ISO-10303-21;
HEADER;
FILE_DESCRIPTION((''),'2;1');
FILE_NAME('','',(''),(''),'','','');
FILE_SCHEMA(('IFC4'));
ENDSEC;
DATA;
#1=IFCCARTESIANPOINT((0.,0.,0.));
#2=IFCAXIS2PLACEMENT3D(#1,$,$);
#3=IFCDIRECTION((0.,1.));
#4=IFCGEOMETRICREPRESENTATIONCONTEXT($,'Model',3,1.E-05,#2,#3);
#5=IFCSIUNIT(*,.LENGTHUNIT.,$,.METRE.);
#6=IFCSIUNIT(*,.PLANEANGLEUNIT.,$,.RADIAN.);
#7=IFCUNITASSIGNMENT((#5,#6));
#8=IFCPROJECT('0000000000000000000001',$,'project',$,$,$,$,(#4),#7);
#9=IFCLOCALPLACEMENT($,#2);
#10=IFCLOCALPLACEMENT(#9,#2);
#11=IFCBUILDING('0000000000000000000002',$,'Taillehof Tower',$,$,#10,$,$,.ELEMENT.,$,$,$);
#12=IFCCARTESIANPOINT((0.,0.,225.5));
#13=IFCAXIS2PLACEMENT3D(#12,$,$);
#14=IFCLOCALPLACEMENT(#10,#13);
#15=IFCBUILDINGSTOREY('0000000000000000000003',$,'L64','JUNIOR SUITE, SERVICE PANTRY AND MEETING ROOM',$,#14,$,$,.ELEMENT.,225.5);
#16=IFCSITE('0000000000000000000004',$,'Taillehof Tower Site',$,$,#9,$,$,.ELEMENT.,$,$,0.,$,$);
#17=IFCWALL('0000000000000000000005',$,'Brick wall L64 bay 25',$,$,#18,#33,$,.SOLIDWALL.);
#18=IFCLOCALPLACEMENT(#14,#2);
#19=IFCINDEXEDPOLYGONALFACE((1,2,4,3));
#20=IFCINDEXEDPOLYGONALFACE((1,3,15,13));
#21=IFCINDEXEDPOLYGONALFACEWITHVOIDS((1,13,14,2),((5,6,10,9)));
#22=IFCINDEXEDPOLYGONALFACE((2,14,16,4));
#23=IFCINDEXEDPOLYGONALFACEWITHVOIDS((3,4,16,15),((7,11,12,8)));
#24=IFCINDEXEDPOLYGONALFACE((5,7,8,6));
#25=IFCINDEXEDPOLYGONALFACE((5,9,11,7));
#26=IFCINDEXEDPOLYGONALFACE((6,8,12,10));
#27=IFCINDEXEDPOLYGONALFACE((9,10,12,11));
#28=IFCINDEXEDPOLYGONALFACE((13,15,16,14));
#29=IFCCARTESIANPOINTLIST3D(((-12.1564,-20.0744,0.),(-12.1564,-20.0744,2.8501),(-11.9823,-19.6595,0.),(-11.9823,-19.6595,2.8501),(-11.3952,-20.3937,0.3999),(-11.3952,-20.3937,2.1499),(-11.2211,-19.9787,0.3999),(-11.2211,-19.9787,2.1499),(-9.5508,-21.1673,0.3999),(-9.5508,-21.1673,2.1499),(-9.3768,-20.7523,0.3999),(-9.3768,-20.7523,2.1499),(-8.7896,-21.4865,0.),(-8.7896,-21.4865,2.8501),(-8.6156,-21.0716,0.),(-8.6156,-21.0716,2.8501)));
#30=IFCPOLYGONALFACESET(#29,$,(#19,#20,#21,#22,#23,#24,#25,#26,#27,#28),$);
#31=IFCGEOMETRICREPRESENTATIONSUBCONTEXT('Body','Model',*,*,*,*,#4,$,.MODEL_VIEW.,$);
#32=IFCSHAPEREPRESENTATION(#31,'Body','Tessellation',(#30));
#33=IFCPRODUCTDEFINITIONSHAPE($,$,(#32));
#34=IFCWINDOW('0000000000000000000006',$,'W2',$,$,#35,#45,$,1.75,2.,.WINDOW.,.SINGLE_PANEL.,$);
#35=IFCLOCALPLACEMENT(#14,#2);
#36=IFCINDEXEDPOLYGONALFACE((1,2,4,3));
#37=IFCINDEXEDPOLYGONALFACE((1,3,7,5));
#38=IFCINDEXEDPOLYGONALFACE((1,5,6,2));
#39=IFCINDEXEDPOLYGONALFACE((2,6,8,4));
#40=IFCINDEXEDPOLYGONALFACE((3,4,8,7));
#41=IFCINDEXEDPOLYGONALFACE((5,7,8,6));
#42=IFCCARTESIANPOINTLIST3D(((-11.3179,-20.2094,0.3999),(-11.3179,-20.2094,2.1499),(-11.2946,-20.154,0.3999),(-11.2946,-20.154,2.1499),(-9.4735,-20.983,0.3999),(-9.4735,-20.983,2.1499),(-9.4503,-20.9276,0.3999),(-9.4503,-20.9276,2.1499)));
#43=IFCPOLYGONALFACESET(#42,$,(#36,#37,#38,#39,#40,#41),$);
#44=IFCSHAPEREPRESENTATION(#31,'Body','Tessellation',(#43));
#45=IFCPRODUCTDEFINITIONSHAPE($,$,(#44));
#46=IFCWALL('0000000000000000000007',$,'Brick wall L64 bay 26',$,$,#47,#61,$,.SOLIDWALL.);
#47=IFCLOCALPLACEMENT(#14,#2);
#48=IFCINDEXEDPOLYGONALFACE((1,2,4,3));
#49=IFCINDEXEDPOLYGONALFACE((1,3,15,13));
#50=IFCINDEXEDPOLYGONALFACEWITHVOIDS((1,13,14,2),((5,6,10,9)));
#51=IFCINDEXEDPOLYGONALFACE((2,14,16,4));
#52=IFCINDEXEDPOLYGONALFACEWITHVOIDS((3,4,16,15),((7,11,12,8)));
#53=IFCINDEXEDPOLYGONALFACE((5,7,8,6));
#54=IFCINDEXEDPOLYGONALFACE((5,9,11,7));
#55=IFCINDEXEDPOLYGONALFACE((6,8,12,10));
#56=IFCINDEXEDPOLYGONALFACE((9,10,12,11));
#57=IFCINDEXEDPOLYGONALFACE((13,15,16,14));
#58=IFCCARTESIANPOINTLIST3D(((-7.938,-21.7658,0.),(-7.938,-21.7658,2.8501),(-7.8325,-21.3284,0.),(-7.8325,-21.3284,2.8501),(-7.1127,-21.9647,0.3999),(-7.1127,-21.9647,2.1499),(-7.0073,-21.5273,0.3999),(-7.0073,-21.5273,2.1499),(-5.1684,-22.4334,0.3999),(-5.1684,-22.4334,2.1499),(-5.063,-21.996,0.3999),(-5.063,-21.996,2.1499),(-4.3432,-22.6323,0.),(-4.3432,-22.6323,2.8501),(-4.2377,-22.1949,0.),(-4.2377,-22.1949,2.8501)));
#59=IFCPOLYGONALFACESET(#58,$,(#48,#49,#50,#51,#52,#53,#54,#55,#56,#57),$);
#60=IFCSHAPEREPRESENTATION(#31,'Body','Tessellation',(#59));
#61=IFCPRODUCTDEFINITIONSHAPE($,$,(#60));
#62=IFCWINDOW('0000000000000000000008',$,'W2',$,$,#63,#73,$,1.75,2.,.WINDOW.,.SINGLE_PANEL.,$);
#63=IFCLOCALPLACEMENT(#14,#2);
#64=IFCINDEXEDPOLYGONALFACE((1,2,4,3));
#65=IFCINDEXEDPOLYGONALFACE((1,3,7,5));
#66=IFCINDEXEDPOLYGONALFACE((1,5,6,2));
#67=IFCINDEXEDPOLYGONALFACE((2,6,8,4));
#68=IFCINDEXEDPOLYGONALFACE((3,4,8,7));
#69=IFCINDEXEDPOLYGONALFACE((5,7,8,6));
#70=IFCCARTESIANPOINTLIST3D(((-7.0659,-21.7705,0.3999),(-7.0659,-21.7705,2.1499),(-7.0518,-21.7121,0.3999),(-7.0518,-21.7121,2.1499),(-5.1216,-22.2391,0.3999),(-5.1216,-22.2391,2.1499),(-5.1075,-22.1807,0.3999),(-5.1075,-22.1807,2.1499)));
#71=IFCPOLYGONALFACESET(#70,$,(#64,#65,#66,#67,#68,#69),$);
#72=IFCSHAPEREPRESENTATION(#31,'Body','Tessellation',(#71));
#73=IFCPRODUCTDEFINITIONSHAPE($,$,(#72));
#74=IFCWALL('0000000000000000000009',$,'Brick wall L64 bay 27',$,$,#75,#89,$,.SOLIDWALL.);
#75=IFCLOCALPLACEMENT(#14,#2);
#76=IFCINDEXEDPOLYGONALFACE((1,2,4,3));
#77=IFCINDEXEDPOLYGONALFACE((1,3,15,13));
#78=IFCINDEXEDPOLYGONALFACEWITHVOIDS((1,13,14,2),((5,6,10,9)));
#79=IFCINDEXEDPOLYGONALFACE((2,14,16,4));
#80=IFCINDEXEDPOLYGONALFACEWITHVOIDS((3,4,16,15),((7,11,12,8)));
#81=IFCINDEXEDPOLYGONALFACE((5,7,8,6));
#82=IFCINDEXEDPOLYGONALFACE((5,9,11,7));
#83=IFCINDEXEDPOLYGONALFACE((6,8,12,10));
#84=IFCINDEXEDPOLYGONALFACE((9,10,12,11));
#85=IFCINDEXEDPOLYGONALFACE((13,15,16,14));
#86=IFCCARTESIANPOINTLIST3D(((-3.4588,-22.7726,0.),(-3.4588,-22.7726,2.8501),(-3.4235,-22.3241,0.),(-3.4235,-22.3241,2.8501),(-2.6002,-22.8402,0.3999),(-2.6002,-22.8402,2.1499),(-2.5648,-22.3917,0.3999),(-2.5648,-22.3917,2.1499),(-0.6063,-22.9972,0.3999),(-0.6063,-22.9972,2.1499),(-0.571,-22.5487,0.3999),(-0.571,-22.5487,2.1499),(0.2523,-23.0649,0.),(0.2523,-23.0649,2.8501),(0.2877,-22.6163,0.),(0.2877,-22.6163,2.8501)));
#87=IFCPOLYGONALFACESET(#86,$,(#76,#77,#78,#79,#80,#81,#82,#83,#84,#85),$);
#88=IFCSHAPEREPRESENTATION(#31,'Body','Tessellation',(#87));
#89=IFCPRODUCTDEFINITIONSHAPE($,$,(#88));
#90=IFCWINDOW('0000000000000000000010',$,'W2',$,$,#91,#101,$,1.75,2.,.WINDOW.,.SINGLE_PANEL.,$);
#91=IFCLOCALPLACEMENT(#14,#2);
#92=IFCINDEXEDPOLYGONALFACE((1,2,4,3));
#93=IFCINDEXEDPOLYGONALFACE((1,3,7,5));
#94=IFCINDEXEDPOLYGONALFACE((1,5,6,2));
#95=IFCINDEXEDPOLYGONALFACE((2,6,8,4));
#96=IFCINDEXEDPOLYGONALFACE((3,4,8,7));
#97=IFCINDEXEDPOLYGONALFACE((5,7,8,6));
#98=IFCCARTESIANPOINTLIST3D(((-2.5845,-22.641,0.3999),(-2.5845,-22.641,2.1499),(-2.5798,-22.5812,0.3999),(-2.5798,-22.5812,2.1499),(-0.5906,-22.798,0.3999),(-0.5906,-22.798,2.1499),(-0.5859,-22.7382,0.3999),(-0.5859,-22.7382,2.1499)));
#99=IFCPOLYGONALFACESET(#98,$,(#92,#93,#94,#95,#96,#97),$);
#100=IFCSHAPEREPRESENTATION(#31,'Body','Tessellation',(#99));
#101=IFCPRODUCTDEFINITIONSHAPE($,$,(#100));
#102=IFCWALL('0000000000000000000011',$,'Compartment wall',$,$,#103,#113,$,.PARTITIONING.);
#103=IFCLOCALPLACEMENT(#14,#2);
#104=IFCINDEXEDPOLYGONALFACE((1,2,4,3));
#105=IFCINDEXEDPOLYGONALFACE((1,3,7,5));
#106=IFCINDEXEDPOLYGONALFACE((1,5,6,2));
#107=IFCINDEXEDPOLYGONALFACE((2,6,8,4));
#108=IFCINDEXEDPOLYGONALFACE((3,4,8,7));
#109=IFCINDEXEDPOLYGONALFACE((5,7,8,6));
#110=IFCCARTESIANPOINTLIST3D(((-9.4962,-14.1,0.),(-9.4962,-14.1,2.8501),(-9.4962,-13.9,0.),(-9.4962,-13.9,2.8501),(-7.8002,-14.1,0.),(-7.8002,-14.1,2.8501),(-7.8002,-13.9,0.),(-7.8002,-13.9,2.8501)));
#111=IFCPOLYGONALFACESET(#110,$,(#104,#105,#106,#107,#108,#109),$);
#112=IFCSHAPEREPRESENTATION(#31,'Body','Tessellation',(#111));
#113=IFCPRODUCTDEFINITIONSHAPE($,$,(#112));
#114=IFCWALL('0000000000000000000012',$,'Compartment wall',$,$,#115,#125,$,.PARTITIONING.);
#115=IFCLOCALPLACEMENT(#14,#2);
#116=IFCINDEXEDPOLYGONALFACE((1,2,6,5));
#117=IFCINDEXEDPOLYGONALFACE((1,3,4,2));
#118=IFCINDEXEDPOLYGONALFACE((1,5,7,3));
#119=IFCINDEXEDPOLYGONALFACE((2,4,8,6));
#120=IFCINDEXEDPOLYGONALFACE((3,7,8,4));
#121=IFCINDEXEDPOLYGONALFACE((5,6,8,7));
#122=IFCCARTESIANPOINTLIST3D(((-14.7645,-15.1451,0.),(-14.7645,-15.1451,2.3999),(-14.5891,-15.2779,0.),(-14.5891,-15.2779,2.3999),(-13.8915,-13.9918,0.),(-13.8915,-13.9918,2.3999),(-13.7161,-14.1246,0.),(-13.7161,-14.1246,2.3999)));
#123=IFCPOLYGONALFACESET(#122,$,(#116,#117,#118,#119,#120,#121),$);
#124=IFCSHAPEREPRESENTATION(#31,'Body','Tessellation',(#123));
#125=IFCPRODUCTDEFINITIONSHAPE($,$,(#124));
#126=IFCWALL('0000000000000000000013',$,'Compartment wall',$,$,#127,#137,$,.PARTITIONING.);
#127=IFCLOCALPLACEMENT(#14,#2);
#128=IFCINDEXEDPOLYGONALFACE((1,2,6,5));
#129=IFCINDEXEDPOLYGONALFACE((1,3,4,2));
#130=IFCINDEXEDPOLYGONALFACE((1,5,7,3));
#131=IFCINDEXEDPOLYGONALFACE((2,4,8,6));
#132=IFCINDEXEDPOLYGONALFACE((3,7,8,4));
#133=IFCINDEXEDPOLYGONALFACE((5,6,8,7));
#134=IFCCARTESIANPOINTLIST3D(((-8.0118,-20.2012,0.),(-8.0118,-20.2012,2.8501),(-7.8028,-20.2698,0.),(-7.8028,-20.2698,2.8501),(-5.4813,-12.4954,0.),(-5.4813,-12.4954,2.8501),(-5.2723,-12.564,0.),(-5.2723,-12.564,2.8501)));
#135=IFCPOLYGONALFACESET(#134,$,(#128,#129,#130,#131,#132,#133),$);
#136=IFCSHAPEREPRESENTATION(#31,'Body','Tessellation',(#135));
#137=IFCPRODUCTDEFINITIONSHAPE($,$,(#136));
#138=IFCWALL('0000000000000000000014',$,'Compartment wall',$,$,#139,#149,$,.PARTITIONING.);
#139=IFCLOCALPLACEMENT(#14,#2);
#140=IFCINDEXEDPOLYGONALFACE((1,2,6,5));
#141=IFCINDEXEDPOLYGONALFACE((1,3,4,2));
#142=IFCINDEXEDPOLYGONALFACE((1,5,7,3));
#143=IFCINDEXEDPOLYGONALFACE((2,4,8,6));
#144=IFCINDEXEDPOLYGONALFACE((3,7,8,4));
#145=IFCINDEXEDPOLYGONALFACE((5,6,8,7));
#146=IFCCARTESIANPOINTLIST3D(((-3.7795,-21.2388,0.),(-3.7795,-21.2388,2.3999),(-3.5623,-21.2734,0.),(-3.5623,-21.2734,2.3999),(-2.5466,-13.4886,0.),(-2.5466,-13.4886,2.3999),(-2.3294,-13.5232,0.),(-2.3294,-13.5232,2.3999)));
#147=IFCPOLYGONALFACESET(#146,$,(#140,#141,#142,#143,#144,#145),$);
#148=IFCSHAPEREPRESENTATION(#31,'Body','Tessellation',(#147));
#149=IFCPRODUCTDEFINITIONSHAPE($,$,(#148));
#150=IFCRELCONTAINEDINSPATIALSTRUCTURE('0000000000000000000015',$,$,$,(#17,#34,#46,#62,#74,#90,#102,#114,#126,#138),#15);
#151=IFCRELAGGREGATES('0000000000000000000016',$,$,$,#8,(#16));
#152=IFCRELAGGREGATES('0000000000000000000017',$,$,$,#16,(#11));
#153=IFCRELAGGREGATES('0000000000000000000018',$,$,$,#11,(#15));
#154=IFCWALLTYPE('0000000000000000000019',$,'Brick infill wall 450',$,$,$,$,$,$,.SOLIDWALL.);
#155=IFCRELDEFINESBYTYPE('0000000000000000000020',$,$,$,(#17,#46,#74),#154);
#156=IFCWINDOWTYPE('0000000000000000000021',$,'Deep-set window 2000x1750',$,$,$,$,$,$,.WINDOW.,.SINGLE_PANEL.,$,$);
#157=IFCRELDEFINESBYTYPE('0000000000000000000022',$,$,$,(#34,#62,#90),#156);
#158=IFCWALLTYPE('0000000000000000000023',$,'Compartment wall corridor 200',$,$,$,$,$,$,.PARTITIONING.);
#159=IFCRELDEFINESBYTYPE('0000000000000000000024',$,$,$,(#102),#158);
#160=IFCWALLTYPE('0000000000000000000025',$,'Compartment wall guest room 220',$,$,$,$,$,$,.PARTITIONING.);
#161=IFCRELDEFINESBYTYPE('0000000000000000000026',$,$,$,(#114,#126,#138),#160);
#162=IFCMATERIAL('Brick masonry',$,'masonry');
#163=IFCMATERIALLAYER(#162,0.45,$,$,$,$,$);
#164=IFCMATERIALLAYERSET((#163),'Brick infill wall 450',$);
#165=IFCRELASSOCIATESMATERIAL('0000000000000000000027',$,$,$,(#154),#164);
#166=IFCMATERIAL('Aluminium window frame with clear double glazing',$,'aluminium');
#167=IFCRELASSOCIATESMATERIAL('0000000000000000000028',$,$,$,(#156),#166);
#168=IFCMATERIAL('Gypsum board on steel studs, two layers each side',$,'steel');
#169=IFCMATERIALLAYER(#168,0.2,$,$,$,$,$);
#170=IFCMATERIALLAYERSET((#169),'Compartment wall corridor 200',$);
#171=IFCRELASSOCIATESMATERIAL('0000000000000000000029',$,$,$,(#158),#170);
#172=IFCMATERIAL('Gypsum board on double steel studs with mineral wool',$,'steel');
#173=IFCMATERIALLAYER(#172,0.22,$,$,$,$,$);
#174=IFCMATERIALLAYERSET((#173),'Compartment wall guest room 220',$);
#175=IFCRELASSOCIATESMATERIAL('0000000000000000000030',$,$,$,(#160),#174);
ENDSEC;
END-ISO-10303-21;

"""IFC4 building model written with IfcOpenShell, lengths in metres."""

from ifc_helpers import new_model, si_unit, direction, frame, frame_2d, origin, place, context, subcontext, project, spatial, rectangle, extrude, material, layer, layer_set, type_object, element, fill, save


model = new_model("IFC4")

# Units and contexts
model_context = context("Model", 3, precision=1e-05, world=origin(), true_north=direction((0.0, 1.0)))
body_context = subcontext(model_context, "Body", "Model", "MODEL_VIEW")
ifc_project = project(units=[si_unit("LENGTHUNIT", "METRE"), si_unit("PLANEANGLEUNIT", "RADIAN")], contexts=[model_context])

# Site, building, storey
site_placement = place(None, origin())
site = spatial("IfcSite", under=ifc_project, at=site_placement, Name="Taillehof Tower Site", CompositionType="ELEMENT", RefElevation=0.0)
building_placement = place(site_placement, origin())
building = spatial("IfcBuilding", under=site, at=building_placement, Name="Taillehof Tower", CompositionType="ELEMENT")
storey_placement = place(building_placement, frame((0.0, 0.0, 225.5)))
storey = spatial("IfcBuildingStorey", under=building, at=storey_placement, Name="L64", Description="JUNIOR SUITE, SERVICE PANTRY AND MEETING ROOM", CompositionType="ELEMENT", Elevation=225.5)

# Walls, openings, windows
ifc_material_1 = material(Name="Brick masonry", Category="masonry")
ifc_layer_1 = layer(ifc_material_1, 0.45)
ifc_layer_set_1 = layer_set([ifc_layer_1], Name="Brick infill wall 450")
wall_type_1 = type_object("IfcWallType", Name="Brick infill wall 450", PredefinedType="SOLIDWALL", material=ifc_layer_set_1)
wall_1_placement = place(storey_placement, frame((-12.0693, -19.8669, 0.0), z_axis=(0.0, 0.0, 1.0), x_axis=(0.922168, -0.386789, 0.0)))
wall_1 = element("IfcWall", 1, at=wall_1_placement, inside=storey, type_object=wall_type_1, Name="Brick wall L64 bay 25", PredefinedType="SOLIDWALL", context=body_context, shape_type="SweptSolid", body=[
    extrude(rectangle(XDim=3.6509, YDim=0.45, at=frame_2d((1.8254, 0.0))), origin(), (0.0, 0.0, 1.0), 2.8501),
])
opening_1_placement = place(wall_1_placement, frame((0.8254, 0.0, 0.3999)))
opening_1 = element("IfcOpeningElement", 2, at=opening_1_placement, cuts=wall_1, PredefinedType="OPENING", context=body_context, shape_type="SweptSolid", body=[
    extrude(rectangle(XDim=2.0, YDim=1.75, at=frame_2d((1.0, 0.875))), frame((0.0, 0.2349, 0.0), z_axis=(0.0, -1.0, 0.0), x_axis=(1.0, 0.0, 0.0)), (0.0, 0.0, 1.0), 0.47),
])
ifc_material_2 = material(Name="Aluminium window frame with clear double glazing", Category="aluminium")
window_type = type_object("IfcWindowType", Name="Deep-set window 2000x1750", PartitioningType="SINGLE_PANEL", PredefinedType="WINDOW", material=ifc_material_2)
window_1_placement = place(opening_1_placement, origin())
window_1 = element("IfcWindow", 3, at=window_1_placement, inside=storey, type_object=window_type, Name="W2", OverallHeight=1.75, OverallWidth=2.0, PartitioningType="SINGLE_PANEL", PredefinedType="WINDOW", context=body_context, shape_type="SweptSolid", body=[
    extrude(rectangle(XDim=2.0, YDim=1.75, at=frame_2d((1.0, 0.875))), frame((0.0, 0.0349, 0.0), z_axis=(0.0, -1.0, 0.0), x_axis=(1.0, 0.0, 0.0)), (0.0, 0.0, 1.0), 0.0601),
])
fill(opening_1, window_1)
wall_2_placement = place(storey_placement, frame((-7.8853, -21.5471, 0.0), z_axis=(0.0, 0.0, 1.0), x_axis=(0.972158, -0.234324, 0.0)))
wall_2 = element("IfcWall", 4, at=wall_2_placement, inside=storey, type_object=wall_type_1, Name="Brick wall L64 bay 26", PredefinedType="SOLIDWALL", context=body_context, shape_type="SweptSolid", body=[
    extrude(rectangle(XDim=3.6978, YDim=0.45, at=frame_2d((1.8489, 0.0))), origin(), (0.0, 0.0, 1.0), 2.8501),
])
opening_2_placement = place(wall_2_placement, frame((0.8489, 0.0, 0.3999)))
opening_2 = element("IfcOpeningElement", 5, at=opening_2_placement, cuts=wall_2, PredefinedType="OPENING", context=body_context, shape_type="SweptSolid", body=[
    extrude(rectangle(XDim=2.0, YDim=1.75, at=frame_2d((1.0, 0.875))), frame((0.0, 0.2349, 0.0), z_axis=(0.0, -1.0, 0.0), x_axis=(1.0, 0.0, 0.0)), (0.0, 0.0, 1.0), 0.47),
])
window_2_placement = place(opening_2_placement, origin())
window_2 = element("IfcWindow", 6, at=window_2_placement, inside=storey, type_object=window_type, Name="W2", OverallHeight=1.75, OverallWidth=2.0, PartitioningType="SINGLE_PANEL", PredefinedType="WINDOW", context=body_context, shape_type="SweptSolid", body=[
    extrude(rectangle(XDim=2.0, YDim=1.75, at=frame_2d((1.0, 0.875))), frame((0.0, 0.0349, 0.0), z_axis=(0.0, -1.0, 0.0), x_axis=(1.0, 0.0, 0.0)), (0.0, 0.0, 1.0), 0.0601),
])
fill(opening_2, window_2)
wall_3_placement = place(storey_placement, frame((-3.4412, -22.5483, 0.0), z_axis=(0.0, 0.0, 1.0), x_axis=(0.996914, -0.078502, 0.0)))
wall_3 = element("IfcWall", 7, at=wall_3_placement, inside=storey, type_object=wall_type_1, Name="Brick wall L64 bay 27", PredefinedType="SOLIDWALL", context=body_context, shape_type="SweptSolid", body=[
    extrude(rectangle(XDim=3.7227, YDim=0.45, at=frame_2d((1.8613, 0.0))), origin(), (0.0, 0.0, 1.0), 2.8501),
])
opening_3_placement = place(wall_3_placement, frame((0.8613, 0.0, 0.3999)))
opening_3 = element("IfcOpeningElement", 8, at=opening_3_placement, cuts=wall_3, PredefinedType="OPENING", context=body_context, shape_type="SweptSolid", body=[
    extrude(rectangle(XDim=2.0, YDim=1.75, at=frame_2d((1.0, 0.875))), frame((0.0, 0.2349, 0.0), z_axis=(0.0, -1.0, 0.0), x_axis=(1.0, 0.0, 0.0)), (0.0, 0.0, 1.0), 0.47),
])
window_3_placement = place(opening_3_placement, origin())
window_3 = element("IfcWindow", 9, at=window_3_placement, inside=storey, type_object=window_type, Name="W2", OverallHeight=1.75, OverallWidth=2.0, PartitioningType="SINGLE_PANEL", PredefinedType="WINDOW", context=body_context, shape_type="SweptSolid", body=[
    extrude(rectangle(XDim=2.0, YDim=1.75, at=frame_2d((1.0, 0.875))), frame((0.0, 0.0349, 0.0), z_axis=(0.0, -1.0, 0.0), x_axis=(1.0, 0.0, 0.0)), (0.0, 0.0, 1.0), 0.0601),
])
fill(opening_3, window_3)

# Walls
ifc_material_3 = material(Name="Gypsum board on steel studs, two layers each side", Category="steel")
ifc_layer_2 = layer(ifc_material_3, 0.2)
ifc_layer_set_2 = layer_set([ifc_layer_2], Name="Compartment wall corridor 200")
wall_type_2 = type_object("IfcWallType", Name="Compartment wall corridor 200", PredefinedType="PARTITIONING", material=ifc_layer_set_2)
wall_4_placement = place(storey_placement, frame((-7.8, -14.0, 0.0), z_axis=(0.0, 0.0, 1.0), x_axis=(-1.0, 0.0, 0.0)))
element("IfcWall", 10, at=wall_4_placement, inside=storey, type_object=wall_type_2, Name="Compartment wall", PredefinedType="PARTITIONING", context=body_context, shape_type="SweptSolid", body=[
    extrude(rectangle(XDim=1.696, YDim=0.2, at=frame_2d((0.8481, 0.0))), origin(), (0.0, 0.0, 1.0), 2.8501),
])
ifc_material_4 = material(Name="Gypsum board on double steel studs with mineral wool", Category="steel")
ifc_layer_3 = layer(ifc_material_4, 0.22)
ifc_layer_set_3 = layer_set([ifc_layer_3], Name="Compartment wall guest room 220")
wall_type_3 = type_object("IfcWallType", Name="Compartment wall guest room 220", PredefinedType="PARTITIONING", material=ifc_layer_set_3)
wall_5_placement = place(storey_placement, frame((-14.6768, -15.2114, 0.0), z_axis=(0.0, 0.0, 1.0), x_axis=(0.603559, 0.797319, 0.0)))
element("IfcWall", 11, at=wall_5_placement, inside=storey, type_object=wall_type_3, Name="Compartment wall", PredefinedType="PARTITIONING", context=body_context, shape_type="SweptSolid", body=[
    extrude(rectangle(XDim=1.4465, YDim=0.22, at=frame_2d((0.7231, 0.0))), origin(), (0.0, 0.0, 1.0), 2.3999),
])
wall_6_placement = place(storey_placement, frame((-7.9072, -20.2354, 0.0), z_axis=(0.0, 0.0, 1.0), x_axis=(0.311998, 0.950083, 0.0)))
element("IfcWall", 12, at=wall_6_placement, inside=storey, type_object=wall_type_3, Name="Compartment wall", PredefinedType="PARTITIONING", context=body_context, shape_type="SweptSolid", body=[
    extrude(rectangle(XDim=8.1106, YDim=0.22, at=frame_2d((4.0552, 0.0))), origin(), (0.0, 0.0, 1.0), 2.8501),
])
wall_7_placement = place(storey_placement, frame((-3.6709, -21.2561, 0.0), z_axis=(0.0, 0.0, 1.0), x_axis=(0.157105, 0.987582, 0.0)))
element("IfcWall", 13, at=wall_7_placement, inside=storey, type_object=wall_type_3, Name="Compartment wall", PredefinedType="PARTITIONING", context=body_context, shape_type="SweptSolid", body=[
    extrude(rectangle(XDim=7.8477, YDim=0.22, at=frame_2d((3.9238, 0.0))), origin(), (0.0, 0.0, 1.0), 2.3999),
])

save(model, "model.ifc")
